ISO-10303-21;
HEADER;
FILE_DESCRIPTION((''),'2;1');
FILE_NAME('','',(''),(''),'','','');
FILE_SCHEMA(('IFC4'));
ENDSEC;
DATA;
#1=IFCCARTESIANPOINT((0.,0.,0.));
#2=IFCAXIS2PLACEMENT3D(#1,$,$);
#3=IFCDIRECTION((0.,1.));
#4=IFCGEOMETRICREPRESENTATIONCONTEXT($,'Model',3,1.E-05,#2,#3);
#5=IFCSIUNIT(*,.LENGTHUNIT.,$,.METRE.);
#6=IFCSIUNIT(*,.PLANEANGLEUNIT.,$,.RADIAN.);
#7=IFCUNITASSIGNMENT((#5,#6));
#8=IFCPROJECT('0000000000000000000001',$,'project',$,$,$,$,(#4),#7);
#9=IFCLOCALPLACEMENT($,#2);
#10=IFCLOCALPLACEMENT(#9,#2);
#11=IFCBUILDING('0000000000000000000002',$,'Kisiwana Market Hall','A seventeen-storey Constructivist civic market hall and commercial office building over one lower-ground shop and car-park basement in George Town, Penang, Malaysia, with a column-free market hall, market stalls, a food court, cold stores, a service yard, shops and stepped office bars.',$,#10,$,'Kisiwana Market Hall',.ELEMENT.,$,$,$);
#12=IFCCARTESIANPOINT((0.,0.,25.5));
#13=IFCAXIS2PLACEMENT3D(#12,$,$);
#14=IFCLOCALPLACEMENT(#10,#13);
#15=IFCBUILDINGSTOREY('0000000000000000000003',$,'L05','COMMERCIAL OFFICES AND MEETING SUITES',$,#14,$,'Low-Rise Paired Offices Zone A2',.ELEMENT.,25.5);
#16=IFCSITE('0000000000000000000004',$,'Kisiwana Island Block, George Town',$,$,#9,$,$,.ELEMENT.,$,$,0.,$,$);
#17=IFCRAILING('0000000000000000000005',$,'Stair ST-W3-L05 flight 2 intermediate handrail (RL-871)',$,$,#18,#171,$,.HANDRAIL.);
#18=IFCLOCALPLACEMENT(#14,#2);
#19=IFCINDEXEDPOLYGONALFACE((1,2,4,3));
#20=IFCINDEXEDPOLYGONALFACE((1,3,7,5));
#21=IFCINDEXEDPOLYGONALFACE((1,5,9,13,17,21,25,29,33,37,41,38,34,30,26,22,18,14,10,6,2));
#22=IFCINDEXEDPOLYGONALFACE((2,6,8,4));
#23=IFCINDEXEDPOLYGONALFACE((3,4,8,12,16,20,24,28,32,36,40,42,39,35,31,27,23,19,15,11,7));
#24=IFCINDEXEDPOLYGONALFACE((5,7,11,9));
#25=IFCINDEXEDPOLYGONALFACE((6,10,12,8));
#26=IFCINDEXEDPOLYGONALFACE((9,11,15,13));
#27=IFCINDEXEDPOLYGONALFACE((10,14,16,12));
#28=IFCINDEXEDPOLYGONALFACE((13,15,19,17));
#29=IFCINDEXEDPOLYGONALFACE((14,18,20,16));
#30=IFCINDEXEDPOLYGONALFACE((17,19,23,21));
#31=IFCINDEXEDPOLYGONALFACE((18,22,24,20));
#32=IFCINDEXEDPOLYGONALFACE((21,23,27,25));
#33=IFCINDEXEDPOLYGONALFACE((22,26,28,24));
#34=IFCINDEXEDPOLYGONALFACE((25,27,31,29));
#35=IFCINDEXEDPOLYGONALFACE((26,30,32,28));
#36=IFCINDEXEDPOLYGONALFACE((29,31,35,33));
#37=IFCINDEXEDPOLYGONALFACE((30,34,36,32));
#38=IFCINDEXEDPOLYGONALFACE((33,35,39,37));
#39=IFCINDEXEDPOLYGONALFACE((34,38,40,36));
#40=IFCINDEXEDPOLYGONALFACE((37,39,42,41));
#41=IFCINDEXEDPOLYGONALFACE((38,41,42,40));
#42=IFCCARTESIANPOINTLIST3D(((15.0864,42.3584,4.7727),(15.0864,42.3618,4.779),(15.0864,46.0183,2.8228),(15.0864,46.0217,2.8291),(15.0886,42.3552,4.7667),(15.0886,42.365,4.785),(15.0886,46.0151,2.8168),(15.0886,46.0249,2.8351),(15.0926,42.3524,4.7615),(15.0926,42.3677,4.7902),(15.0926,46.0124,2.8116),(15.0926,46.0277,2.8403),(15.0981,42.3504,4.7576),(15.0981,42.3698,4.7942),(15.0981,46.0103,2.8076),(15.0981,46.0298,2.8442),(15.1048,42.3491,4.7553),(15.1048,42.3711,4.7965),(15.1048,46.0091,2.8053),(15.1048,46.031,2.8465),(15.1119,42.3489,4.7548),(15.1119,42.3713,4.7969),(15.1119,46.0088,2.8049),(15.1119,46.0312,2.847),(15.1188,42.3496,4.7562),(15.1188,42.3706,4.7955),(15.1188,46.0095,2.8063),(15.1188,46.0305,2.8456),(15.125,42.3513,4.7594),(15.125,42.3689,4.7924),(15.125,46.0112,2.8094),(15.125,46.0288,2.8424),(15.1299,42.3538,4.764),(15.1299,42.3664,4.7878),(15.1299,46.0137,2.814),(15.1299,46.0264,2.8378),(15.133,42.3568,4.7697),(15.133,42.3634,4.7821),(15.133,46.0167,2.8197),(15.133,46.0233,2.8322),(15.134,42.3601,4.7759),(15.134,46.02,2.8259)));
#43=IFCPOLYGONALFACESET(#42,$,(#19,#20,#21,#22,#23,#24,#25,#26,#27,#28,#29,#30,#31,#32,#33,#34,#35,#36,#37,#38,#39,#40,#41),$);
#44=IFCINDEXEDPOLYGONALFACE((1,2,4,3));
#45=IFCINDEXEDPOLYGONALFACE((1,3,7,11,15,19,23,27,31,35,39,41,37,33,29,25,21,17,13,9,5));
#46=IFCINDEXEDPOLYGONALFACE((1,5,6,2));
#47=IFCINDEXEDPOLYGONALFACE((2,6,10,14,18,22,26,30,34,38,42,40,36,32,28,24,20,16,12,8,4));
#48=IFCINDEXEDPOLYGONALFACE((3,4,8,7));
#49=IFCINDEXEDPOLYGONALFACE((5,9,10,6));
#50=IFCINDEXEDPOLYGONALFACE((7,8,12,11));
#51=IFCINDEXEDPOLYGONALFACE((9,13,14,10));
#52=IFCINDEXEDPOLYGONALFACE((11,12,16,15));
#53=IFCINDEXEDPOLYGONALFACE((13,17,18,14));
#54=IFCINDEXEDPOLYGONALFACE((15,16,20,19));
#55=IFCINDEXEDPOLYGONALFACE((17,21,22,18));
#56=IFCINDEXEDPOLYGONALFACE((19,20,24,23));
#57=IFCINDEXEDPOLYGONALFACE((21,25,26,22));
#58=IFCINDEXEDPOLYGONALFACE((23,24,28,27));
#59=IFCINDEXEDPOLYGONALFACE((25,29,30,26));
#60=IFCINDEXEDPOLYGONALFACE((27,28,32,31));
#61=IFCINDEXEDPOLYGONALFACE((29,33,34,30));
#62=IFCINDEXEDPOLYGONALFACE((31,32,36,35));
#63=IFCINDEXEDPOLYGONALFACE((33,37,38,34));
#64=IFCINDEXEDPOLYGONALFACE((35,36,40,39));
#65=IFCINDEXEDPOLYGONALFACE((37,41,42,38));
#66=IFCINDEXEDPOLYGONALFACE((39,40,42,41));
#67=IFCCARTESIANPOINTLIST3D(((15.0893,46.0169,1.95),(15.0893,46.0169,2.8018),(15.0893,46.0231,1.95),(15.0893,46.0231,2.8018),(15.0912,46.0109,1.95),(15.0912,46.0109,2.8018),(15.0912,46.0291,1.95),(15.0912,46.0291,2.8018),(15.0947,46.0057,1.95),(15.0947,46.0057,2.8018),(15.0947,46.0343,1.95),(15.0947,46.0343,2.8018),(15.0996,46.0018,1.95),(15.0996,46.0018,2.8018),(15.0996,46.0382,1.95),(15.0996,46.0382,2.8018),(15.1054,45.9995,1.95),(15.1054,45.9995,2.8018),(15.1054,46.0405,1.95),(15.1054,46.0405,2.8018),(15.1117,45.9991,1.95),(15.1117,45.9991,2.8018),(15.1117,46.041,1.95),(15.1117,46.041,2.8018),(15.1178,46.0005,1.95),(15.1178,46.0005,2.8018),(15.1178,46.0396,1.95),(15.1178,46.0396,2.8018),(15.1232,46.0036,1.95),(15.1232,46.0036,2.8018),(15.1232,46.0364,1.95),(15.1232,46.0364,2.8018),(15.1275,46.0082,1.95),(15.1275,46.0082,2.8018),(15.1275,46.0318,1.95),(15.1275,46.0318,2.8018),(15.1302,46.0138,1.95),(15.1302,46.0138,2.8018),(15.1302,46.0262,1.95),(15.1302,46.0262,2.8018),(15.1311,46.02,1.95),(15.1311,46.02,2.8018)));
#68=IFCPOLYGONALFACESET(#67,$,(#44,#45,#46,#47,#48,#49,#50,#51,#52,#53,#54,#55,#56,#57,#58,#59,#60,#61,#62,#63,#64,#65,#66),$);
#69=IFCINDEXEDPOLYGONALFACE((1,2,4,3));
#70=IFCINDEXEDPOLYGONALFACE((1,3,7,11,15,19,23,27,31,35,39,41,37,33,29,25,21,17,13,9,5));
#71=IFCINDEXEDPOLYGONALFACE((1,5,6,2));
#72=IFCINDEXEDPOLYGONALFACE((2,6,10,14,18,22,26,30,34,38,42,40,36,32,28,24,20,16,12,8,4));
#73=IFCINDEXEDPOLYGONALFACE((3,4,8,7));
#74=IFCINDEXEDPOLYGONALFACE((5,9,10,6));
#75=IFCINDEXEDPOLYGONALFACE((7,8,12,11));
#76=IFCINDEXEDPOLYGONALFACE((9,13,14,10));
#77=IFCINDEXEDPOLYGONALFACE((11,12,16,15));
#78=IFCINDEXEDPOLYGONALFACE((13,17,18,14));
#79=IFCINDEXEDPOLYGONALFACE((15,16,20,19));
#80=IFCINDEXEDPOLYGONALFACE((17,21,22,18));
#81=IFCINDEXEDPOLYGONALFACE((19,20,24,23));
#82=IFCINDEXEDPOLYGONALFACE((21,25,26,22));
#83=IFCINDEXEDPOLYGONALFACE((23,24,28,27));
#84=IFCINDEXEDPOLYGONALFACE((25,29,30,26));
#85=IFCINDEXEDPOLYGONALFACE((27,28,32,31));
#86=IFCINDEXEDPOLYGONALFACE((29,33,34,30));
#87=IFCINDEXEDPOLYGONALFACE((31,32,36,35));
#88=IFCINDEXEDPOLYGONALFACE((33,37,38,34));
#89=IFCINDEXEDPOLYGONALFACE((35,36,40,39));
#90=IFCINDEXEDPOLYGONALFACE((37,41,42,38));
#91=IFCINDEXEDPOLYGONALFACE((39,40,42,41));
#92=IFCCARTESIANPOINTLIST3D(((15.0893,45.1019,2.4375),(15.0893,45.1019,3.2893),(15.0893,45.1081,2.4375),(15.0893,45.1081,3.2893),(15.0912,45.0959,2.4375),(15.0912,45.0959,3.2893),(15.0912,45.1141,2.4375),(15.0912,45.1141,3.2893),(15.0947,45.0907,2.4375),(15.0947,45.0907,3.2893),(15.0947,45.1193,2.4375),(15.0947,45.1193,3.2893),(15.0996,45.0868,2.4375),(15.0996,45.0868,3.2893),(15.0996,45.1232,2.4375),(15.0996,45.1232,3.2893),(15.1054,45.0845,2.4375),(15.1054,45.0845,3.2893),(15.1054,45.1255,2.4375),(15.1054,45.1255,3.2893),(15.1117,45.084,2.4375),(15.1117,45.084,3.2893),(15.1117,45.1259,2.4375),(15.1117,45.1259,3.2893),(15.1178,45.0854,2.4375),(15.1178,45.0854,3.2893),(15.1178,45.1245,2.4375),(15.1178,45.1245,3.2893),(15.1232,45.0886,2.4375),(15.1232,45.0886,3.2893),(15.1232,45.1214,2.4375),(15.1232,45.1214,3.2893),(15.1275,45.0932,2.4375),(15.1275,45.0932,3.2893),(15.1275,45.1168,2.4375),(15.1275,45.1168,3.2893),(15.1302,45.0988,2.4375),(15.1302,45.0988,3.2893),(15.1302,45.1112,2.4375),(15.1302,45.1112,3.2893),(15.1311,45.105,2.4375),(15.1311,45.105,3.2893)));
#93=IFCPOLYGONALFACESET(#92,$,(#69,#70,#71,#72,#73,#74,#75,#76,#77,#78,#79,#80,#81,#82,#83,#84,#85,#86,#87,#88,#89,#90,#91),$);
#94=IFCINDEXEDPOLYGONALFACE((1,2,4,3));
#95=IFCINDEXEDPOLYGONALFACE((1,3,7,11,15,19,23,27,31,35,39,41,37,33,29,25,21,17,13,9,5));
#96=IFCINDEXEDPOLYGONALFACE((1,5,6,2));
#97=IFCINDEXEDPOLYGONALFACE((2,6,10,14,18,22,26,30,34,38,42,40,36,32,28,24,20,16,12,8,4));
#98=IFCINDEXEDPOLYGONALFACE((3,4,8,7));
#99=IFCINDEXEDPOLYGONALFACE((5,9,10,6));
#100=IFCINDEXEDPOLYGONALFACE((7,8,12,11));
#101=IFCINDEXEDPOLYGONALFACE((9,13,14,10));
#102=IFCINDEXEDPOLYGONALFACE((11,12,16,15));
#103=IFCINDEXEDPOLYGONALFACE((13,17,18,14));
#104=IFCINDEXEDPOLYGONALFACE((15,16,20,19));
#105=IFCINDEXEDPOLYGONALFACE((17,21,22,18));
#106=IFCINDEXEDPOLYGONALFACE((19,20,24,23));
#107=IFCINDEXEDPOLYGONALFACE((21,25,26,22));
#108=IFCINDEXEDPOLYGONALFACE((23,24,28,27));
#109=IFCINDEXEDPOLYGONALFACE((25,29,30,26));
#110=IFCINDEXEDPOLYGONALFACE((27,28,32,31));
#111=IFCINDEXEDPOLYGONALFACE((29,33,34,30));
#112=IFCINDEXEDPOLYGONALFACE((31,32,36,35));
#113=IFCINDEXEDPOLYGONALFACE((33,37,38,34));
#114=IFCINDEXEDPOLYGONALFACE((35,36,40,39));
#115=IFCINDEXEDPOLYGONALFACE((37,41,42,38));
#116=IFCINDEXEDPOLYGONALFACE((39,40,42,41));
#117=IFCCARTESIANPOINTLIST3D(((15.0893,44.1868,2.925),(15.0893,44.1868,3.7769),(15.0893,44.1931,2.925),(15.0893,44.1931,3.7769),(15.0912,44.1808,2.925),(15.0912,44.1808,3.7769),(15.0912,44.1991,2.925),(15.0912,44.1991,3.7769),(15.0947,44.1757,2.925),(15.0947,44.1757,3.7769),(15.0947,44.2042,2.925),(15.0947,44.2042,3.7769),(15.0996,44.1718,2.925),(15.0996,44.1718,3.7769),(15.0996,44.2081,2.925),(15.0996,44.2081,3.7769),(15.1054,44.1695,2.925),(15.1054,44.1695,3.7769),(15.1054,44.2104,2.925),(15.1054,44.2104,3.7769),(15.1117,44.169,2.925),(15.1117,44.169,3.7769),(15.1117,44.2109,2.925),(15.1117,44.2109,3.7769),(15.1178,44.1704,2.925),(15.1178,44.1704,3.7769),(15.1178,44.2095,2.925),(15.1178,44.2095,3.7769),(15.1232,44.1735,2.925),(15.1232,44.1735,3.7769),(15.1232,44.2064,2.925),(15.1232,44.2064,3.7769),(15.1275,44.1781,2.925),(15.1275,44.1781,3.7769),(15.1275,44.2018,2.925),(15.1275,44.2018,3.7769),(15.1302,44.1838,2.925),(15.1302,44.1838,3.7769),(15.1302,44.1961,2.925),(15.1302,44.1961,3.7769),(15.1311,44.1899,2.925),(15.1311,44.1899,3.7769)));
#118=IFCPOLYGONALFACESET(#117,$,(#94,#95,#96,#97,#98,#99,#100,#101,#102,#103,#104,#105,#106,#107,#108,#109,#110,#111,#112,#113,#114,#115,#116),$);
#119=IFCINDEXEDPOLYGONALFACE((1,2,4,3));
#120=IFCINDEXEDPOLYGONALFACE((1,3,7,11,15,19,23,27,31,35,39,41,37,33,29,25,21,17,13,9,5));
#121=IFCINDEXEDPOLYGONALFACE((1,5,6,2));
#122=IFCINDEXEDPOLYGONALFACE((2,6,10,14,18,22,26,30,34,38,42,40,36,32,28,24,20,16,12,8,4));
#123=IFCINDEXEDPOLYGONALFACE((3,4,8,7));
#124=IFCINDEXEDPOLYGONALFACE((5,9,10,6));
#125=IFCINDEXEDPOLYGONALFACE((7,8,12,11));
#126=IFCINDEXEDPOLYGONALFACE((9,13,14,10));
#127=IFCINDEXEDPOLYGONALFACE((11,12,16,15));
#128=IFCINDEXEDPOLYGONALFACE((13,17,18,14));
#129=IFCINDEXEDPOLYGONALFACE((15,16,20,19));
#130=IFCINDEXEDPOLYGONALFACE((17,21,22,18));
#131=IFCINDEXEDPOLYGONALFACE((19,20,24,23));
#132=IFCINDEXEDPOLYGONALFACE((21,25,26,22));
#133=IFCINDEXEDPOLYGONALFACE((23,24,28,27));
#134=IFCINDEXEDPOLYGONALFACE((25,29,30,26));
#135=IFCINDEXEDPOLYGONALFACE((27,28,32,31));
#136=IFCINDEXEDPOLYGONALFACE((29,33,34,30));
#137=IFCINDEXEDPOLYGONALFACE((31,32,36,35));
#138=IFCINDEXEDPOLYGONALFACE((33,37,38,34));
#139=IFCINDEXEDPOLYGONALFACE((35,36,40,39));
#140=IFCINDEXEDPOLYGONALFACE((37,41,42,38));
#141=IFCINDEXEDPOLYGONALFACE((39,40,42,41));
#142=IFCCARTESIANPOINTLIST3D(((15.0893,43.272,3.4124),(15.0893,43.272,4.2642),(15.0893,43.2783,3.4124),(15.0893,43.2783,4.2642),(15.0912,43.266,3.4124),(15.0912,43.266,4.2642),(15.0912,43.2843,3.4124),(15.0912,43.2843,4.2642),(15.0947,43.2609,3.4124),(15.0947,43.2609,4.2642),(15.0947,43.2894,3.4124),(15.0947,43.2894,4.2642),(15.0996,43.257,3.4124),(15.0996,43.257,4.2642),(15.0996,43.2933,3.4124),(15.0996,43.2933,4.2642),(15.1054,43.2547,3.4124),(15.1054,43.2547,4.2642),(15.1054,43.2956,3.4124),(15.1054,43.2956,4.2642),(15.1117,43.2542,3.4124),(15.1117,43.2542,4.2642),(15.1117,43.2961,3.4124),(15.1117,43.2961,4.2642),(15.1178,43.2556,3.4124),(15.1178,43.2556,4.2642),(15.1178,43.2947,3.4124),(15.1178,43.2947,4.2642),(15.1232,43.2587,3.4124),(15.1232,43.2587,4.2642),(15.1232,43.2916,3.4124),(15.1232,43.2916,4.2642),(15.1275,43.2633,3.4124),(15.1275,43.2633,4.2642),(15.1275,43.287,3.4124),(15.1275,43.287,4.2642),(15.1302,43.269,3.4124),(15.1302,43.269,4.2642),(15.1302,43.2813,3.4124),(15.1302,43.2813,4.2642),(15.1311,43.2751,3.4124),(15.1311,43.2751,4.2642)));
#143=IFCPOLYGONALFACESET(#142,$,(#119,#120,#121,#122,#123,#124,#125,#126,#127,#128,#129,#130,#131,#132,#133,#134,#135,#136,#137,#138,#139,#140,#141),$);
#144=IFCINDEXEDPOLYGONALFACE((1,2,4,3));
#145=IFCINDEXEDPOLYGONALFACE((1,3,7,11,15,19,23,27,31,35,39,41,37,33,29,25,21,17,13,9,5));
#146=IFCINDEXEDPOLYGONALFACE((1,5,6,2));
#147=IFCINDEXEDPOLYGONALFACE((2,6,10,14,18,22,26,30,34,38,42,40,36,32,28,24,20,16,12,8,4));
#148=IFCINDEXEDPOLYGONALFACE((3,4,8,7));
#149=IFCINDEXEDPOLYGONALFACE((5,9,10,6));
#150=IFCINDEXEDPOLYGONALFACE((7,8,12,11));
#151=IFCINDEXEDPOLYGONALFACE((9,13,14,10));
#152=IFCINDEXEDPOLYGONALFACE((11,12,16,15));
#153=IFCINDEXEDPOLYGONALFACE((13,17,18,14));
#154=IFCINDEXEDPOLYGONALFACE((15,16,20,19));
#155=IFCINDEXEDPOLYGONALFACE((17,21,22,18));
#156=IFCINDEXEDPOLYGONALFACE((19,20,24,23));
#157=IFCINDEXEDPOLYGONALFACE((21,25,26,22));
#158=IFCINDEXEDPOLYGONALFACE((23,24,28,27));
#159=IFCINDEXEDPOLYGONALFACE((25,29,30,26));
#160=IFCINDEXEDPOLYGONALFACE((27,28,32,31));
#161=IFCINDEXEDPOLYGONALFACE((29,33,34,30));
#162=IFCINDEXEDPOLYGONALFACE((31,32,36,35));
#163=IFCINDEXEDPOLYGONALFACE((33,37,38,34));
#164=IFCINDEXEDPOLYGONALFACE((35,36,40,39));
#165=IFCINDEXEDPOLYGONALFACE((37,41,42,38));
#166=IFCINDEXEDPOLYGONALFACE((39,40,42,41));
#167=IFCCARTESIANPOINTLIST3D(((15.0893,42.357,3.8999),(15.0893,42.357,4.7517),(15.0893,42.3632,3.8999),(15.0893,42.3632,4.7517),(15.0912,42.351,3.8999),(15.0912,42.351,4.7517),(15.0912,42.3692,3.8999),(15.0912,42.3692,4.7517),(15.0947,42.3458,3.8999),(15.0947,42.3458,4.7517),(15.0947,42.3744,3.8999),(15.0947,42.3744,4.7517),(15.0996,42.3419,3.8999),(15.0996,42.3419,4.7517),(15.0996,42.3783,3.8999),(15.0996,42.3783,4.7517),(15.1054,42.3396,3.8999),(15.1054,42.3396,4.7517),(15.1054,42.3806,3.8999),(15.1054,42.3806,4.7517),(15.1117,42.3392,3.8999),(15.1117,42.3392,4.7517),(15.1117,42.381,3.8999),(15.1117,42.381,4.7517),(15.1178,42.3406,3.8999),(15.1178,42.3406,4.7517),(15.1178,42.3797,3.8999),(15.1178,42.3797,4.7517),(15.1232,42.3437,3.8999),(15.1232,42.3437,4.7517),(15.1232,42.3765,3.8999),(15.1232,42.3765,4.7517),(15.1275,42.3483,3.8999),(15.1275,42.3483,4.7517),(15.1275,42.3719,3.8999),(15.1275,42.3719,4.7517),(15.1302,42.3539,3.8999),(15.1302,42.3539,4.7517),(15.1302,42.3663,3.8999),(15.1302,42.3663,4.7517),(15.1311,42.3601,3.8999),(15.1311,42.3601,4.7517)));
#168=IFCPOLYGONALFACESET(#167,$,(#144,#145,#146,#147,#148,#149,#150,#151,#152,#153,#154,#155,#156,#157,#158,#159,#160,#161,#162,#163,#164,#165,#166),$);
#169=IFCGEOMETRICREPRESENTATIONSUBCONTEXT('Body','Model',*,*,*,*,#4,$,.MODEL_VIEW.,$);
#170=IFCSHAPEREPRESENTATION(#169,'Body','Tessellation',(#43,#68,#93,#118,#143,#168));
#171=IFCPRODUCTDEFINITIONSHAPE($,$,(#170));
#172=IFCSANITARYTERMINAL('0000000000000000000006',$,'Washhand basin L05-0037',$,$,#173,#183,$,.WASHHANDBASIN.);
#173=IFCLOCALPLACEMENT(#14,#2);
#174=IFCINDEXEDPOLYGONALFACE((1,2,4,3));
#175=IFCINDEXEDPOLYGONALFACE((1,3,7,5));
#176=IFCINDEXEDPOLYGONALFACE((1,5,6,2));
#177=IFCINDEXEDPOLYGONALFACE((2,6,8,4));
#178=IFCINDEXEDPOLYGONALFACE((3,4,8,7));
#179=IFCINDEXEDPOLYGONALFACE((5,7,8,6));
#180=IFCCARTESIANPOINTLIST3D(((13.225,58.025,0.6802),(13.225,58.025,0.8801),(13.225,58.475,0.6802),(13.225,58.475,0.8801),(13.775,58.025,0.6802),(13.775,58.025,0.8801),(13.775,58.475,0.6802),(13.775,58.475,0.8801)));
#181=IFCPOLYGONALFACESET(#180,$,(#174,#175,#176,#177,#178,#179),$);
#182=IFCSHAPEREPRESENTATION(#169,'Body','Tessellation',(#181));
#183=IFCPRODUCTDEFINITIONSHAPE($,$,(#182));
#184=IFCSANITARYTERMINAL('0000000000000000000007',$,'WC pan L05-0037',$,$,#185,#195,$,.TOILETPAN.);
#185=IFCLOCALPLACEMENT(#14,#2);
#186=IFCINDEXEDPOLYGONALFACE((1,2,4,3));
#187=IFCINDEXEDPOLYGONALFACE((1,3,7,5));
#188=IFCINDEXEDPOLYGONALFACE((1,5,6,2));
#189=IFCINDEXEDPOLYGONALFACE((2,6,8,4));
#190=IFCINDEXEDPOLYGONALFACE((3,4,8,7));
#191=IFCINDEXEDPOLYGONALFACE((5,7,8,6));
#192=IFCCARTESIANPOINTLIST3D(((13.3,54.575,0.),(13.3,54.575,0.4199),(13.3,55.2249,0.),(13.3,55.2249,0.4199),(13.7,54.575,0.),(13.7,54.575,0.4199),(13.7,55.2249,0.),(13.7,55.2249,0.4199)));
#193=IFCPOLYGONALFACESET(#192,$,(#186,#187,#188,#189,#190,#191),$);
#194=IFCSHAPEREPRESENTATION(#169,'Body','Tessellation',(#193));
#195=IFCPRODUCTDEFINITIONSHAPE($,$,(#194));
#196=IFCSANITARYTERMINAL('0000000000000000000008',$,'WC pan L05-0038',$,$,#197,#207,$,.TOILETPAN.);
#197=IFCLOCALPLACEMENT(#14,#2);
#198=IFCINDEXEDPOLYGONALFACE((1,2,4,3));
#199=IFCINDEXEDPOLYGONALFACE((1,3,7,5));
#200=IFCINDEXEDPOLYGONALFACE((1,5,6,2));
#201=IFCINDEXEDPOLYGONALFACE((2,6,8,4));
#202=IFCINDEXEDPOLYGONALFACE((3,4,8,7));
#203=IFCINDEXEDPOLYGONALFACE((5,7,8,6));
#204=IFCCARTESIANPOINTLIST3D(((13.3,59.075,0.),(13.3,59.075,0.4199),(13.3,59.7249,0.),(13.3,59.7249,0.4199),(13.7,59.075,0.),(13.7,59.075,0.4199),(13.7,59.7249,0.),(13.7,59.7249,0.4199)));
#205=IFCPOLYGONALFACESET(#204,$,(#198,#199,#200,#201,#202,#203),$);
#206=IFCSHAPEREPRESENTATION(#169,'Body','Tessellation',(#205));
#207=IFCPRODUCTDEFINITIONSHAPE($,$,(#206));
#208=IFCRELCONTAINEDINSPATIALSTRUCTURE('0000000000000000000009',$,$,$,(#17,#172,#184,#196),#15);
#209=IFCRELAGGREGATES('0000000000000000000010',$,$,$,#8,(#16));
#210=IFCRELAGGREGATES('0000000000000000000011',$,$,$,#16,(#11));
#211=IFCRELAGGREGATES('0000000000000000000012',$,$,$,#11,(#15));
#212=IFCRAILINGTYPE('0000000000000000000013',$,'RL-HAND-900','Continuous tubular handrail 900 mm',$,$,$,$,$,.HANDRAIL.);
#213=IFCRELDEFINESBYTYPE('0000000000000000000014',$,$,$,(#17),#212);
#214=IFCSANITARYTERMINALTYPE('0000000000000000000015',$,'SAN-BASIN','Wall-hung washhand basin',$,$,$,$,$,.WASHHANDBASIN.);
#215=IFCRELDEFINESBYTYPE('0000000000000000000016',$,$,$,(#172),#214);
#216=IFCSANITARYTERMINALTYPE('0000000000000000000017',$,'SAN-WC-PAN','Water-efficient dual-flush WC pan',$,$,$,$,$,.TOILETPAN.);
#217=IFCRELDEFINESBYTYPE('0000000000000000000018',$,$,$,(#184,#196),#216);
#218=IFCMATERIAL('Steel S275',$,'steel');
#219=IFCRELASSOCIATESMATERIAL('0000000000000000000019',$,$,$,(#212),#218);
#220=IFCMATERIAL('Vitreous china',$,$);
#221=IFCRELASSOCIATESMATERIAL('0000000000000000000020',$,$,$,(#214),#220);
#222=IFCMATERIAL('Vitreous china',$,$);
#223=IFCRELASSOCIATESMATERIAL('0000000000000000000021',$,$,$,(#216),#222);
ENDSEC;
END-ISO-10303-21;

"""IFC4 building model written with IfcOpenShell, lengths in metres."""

from ifc_helpers import new_model, si_unit, direction, frame, origin, origin_2d, place, context, subcontext, project, spatial, rectangle, circle, extrude, material, type_object, element, save


model = new_model("IFC4")

# Units and contexts
model_context = context("Model", 3, precision=1e-05, world=origin(), true_north=direction((0.0, 1.0)))
body_context = subcontext(model_context, "Body", "Model", "MODEL_VIEW")
ifc_project = project(units=[si_unit("LENGTHUNIT", "METRE"), si_unit("PLANEANGLEUNIT", "RADIAN")], contexts=[model_context])

# Site, building, storey
site_placement = place(None, origin())
site = spatial("IfcSite", under=ifc_project, at=site_placement, Name="Kisiwana Island Block, George Town", CompositionType="ELEMENT", RefElevation=0.0)
building_placement = place(site_placement, origin())
building = spatial("IfcBuilding", under=site, at=building_placement, Name="Kisiwana Market Hall", Description="A seventeen-storey Constructivist civic market hall and commercial office building over one lower-ground shop and car-park basement in George Town, Penang, Malaysia, with a column-free market hall, market stalls, a food court, cold stores, a service yard, shops and stepped office bars.", LongName="Kisiwana Market Hall", CompositionType="ELEMENT")
storey_placement = place(building_placement, frame((0.0, 0.0, 25.5)))
storey = spatial("IfcBuildingStorey", under=building, at=storey_placement, Name="L05", Description="COMMERCIAL OFFICES AND MEETING SUITES", LongName="Low-Rise Paired Offices Zone A2", CompositionType="ELEMENT", Elevation=25.5)

# Railing
ifc_material_1 = material(Name="Steel S275", Category="steel")
railing_type = type_object("IfcRailingType", Name="RL-HAND-900", Description="Continuous tubular handrail 900 mm", PredefinedType="HANDRAIL", material=ifc_material_1)
for number, where, name in (
    (1, (15.1101, 46.02, 1.95), "Stair ST-W3-L05 flight 2 intermediate handrail (RL-871)"),
):
    element("IfcRailing", number, at=place(storey_placement, frame(where)), inside=storey, type_object=railing_type, Name=name, PredefinedType="HANDRAIL", context=body_context, shape_type="SweptSolid", body=[
        extrude(circle(Radius=0.0239, at=origin_2d()), frame((0.0, 0.0, 0.876), z_axis=(0.0, -0.882553, 0.470212), x_axis=(1.0, 0.0, 0.0)), (0.0, 0.0, 1.0), 4.147),
        extrude(circle(Radius=0.021, at=origin_2d()), origin(), (0.0, 0.0, 1.0), 0.8518),
        extrude(circle(Radius=0.021, at=origin_2d()), frame((0.0, -0.915, 0.4875)), (0.0, 0.0, 1.0), 0.8518),
        extrude(circle(Radius=0.021, at=origin_2d()), frame((0.0, -1.8301, 0.9751)), (0.0, 0.0, 1.0), 0.8518),
        extrude(circle(Radius=0.021, at=origin_2d()), frame((0.0, -2.7449, 1.4624)), (0.0, 0.0, 1.0), 0.8518),
        extrude(circle(Radius=0.021, at=origin_2d()), frame((0.0, -3.6599, 1.95)), (0.0, 0.0, 1.0), 0.8518),
    ])

# Sanitary terminals
ifc_material_2 = material(Name="Vitreous china")
sanitary_terminal_type_1 = type_object("IfcSanitaryTerminalType", Name="SAN-BASIN", Description="Wall-hung washhand basin", PredefinedType="WASHHANDBASIN", material=ifc_material_2)
sanitary_terminal_placement = place(storey_placement, frame((13.5, 58.25, 0.6802), z_axis=(0.0, 0.0, 1.0), x_axis=(1.0, 0.0, 0.0)))
element("IfcSanitaryTerminal", 2, at=sanitary_terminal_placement, inside=storey, type_object=sanitary_terminal_type_1, Name="Washhand basin L05-0037", PredefinedType="WASHHANDBASIN", context=body_context, shape_type="SweptSolid", body=[
    extrude(rectangle(XDim=0.55, YDim=0.45, at=origin_2d()), origin(), (0.0, 0.0, 1.0), 0.2),
])
ifc_material_3 = material(Name="Vitreous china")
sanitary_terminal_type_2 = type_object("IfcSanitaryTerminalType", Name="SAN-WC-PAN", Description="Water-efficient dual-flush WC pan", PredefinedType="TOILETPAN", material=ifc_material_3)
for number, where, z_axis, x_axis, name in (
    (3, (13.5, 54.8999, 0.0), (0.0, 0.0, 1.0), (1.0, 0.0, 0.0), "WC pan L05-0037"),
    (4, (13.5, 59.3999, 0.0), (0.0, 0.0, 1.0), (1.0, 0.0, 0.0), "WC pan L05-0038"),
):
    element("IfcSanitaryTerminal", number, at=place(storey_placement, frame(where, z_axis=z_axis, x_axis=x_axis)), inside=storey, type_object=sanitary_terminal_type_2, Name=name, PredefinedType="TOILETPAN", context=body_context, shape_type="SweptSolid", body=[
        extrude(rectangle(XDim=0.3999, YDim=0.6499, at=origin_2d()), origin(), (0.0, 0.0, 1.0), 0.4199),
    ])

save(model, "model.ifc")
